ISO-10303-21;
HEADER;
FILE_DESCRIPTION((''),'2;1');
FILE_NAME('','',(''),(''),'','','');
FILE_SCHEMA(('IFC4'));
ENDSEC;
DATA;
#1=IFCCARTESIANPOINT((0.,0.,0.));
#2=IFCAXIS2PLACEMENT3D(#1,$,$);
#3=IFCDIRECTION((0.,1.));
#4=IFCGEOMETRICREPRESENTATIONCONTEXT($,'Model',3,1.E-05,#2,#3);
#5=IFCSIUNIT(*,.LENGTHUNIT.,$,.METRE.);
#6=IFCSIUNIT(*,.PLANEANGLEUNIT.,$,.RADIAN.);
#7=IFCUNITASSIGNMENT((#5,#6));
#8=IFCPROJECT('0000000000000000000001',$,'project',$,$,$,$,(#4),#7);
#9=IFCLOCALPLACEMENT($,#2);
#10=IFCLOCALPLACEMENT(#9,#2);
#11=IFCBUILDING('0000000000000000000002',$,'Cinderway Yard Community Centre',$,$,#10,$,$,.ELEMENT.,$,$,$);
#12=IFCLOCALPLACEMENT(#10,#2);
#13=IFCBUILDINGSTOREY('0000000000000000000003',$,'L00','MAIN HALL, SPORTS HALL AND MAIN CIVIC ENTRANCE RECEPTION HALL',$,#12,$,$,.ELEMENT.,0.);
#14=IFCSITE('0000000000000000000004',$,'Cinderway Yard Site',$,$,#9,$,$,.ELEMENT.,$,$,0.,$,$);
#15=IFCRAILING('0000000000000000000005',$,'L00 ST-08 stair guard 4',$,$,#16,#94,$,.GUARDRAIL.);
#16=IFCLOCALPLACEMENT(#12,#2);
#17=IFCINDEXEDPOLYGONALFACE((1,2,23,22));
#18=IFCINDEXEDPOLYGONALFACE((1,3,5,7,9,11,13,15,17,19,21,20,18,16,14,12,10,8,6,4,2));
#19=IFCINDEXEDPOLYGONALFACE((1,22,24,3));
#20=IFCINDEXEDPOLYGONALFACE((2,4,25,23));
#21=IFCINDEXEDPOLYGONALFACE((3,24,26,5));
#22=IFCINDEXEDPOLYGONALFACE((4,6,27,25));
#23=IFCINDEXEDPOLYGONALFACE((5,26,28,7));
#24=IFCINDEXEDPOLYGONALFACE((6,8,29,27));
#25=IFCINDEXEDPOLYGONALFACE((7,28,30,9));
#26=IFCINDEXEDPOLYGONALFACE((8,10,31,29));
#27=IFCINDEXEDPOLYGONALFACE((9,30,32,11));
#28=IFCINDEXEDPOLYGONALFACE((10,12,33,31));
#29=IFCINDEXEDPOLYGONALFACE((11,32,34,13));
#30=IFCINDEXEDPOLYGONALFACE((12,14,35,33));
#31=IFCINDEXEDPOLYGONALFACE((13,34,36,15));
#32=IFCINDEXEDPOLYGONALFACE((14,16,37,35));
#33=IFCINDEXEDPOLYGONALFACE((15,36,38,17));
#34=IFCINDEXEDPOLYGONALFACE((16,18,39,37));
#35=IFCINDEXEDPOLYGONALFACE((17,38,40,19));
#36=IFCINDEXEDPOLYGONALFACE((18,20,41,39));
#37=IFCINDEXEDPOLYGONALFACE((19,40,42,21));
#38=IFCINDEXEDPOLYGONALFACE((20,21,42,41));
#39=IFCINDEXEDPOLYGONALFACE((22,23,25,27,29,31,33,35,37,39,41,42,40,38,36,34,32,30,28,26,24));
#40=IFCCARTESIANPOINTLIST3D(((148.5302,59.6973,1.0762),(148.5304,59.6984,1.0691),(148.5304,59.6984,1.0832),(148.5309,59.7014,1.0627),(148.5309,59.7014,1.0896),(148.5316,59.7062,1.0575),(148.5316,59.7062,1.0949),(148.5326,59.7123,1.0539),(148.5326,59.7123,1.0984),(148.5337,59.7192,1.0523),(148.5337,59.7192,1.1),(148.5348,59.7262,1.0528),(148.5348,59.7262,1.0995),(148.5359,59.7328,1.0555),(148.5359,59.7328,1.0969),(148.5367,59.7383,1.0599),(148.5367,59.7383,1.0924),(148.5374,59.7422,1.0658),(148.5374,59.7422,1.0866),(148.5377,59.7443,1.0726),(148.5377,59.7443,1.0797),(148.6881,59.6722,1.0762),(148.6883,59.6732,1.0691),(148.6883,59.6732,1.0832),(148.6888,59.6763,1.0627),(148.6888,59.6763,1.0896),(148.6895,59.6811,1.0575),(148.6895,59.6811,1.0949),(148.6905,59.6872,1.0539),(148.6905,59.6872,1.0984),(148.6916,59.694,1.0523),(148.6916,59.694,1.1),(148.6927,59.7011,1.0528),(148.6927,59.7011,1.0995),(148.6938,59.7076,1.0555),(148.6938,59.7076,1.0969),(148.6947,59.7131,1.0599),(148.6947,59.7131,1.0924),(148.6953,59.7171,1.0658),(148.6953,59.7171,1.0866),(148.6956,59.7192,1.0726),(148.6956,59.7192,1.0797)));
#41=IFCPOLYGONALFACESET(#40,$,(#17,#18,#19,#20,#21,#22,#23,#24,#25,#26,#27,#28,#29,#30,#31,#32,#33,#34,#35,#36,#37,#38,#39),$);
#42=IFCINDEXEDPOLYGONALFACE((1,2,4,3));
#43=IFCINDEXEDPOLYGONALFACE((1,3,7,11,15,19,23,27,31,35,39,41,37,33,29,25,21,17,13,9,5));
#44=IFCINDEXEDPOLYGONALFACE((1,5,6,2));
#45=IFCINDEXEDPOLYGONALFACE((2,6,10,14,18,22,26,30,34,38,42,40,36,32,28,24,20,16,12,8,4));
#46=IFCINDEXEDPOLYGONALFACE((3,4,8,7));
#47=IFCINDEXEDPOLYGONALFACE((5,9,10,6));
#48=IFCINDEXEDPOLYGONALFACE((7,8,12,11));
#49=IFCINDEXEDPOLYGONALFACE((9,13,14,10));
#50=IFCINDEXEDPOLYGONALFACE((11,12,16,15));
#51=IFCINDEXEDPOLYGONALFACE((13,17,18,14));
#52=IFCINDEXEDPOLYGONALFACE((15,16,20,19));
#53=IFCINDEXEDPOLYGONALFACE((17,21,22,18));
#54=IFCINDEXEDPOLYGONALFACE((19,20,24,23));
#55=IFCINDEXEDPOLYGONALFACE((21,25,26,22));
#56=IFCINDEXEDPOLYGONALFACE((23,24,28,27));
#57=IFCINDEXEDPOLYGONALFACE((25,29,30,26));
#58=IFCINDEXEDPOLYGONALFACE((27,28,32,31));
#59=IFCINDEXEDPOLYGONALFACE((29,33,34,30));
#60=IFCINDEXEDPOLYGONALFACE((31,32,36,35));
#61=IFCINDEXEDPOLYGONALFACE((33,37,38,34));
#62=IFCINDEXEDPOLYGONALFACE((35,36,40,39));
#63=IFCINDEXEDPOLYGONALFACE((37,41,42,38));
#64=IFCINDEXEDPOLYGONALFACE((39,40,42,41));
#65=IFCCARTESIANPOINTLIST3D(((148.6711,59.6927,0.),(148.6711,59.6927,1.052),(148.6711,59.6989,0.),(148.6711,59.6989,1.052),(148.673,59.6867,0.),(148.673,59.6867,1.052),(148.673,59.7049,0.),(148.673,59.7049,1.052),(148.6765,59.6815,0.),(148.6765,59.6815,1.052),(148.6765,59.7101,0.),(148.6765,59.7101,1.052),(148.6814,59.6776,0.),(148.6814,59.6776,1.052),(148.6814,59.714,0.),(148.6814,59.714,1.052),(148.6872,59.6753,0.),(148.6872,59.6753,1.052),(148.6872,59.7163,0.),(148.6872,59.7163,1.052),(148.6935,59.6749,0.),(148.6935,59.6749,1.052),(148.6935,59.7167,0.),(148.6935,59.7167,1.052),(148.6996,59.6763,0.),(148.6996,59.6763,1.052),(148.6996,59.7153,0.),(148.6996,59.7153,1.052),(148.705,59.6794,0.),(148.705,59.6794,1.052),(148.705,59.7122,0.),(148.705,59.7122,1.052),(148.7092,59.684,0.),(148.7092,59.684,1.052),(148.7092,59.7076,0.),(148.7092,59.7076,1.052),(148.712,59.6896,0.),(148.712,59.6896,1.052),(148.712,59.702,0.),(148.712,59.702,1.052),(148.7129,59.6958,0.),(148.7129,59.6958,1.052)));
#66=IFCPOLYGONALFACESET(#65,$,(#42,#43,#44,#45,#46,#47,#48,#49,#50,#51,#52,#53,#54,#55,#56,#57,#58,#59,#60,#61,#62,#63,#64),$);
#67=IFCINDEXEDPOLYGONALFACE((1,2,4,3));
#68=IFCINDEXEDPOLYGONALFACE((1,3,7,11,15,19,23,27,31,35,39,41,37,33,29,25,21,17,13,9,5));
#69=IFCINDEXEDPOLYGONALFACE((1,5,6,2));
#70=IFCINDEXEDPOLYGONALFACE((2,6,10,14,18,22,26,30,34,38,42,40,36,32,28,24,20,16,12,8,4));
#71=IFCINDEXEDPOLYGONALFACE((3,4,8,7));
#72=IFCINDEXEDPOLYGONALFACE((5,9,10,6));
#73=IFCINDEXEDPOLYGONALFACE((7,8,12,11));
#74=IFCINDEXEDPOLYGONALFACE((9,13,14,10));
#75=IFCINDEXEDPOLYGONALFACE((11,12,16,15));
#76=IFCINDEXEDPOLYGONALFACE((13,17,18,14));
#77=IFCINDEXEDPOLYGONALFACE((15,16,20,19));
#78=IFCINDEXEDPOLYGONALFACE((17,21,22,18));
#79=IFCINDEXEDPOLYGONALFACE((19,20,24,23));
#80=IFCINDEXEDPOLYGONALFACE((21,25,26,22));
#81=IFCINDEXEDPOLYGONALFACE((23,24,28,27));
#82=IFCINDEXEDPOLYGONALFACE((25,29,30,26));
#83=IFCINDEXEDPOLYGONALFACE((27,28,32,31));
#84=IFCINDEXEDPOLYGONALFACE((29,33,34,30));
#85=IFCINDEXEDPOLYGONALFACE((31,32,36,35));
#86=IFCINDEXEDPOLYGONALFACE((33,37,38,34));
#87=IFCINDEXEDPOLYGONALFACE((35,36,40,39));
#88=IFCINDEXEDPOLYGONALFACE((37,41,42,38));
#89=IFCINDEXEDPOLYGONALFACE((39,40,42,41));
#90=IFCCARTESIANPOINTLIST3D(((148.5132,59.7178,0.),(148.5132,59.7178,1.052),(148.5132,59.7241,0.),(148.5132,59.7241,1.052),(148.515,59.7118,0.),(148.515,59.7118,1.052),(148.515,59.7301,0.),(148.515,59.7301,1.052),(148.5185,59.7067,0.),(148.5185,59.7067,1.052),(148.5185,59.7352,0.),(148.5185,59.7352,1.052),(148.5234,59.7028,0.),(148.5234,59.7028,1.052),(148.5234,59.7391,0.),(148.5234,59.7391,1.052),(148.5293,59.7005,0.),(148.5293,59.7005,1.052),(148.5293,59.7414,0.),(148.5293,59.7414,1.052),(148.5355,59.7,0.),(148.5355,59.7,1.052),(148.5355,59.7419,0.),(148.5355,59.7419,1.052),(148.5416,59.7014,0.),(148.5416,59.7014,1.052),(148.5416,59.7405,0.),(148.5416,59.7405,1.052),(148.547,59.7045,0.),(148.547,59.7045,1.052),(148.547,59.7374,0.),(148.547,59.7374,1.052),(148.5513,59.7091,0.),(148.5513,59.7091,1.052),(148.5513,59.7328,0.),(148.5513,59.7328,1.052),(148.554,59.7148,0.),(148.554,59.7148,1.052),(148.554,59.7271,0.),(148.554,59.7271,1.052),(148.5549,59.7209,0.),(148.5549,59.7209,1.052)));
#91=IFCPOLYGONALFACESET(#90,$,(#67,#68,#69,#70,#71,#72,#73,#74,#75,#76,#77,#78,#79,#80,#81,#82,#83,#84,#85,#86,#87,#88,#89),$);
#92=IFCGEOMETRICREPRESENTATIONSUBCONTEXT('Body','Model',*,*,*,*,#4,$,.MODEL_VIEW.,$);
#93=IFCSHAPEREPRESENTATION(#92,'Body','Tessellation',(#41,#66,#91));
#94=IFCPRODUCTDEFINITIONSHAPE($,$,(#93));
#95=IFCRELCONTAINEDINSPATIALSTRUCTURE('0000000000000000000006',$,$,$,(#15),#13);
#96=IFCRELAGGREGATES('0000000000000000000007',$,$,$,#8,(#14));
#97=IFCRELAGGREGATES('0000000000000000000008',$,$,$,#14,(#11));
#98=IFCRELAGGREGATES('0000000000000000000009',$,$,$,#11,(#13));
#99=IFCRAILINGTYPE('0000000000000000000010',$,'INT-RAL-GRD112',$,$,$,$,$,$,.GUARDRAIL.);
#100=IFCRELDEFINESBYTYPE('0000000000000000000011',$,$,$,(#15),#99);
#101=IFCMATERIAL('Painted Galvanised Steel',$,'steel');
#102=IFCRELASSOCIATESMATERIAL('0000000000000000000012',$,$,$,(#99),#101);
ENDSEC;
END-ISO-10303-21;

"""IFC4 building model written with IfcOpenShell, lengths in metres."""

from ifc_helpers import new_model, si_unit, direction, frame, origin, origin_2d, place, context, subcontext, project, spatial, circle, extrude, material, type_object, element, save


model = new_model("IFC4")

# Units and contexts
model_context = context("Model", 3, precision=1e-05, world=origin(), true_north=direction((0.0, 1.0)))
body_context = subcontext(model_context, "Body", "Model", "MODEL_VIEW")
ifc_project = project(units=[si_unit("LENGTHUNIT", "METRE"), si_unit("PLANEANGLEUNIT", "RADIAN")], contexts=[model_context])

# Site, building, storey
site_placement = place(None, origin())
site = spatial("IfcSite", under=ifc_project, at=site_placement, Name="Cinderway Yard Site", CompositionType="ELEMENT", RefElevation=0.0)
building_placement = place(site_placement, origin())
building = spatial("IfcBuilding", under=site, at=building_placement, Name="Cinderway Yard Community Centre", CompositionType="ELEMENT")
storey_placement = place(building_placement, origin())
storey = spatial("IfcBuildingStorey", under=building, at=storey_placement, Name="L00", Description="MAIN HALL, SPORTS HALL AND MAIN CIVIC ENTRANCE RECEPTION HALL", CompositionType="ELEMENT", Elevation=0.0)

# Railing
ifc_material_1 = material(Name="Painted Galvanised Steel", Category="steel")
railing_type_1 = type_object("IfcRailingType", Name="INT-RAL-GRD112", PredefinedType="GUARDRAIL", material=ifc_material_1)
railing_1_placement = place(storey_placement, frame((148.6919, 59.6958, 0.0)))
element("IfcRailing", 1, at=railing_1_placement, inside=storey, type_object=railing_type_1, Name="L00 ST-08 stair guard 4", PredefinedType="GUARDRAIL", context=body_context, shape_type="SweptSolid", body=[
    extrude(circle(Radius=0.0239, at=origin_2d()), frame((0.0, 0.0, 1.0762), z_axis=(-0.987564, 0.157217, 0.0), x_axis=(-0.157217, -0.987564, 0.0)), (0.0, 0.0, 1.0), 0.1599),
    extrude(circle(Radius=0.021, at=origin_2d()), origin(), (0.0, 0.0, 1.0), 1.052),
    extrude(circle(Radius=0.021, at=origin_2d()), frame((-0.158, 0.0251, 0.0)), (0.0, 0.0, 1.0), 1.052),
])

save(model, "model.ifc")
